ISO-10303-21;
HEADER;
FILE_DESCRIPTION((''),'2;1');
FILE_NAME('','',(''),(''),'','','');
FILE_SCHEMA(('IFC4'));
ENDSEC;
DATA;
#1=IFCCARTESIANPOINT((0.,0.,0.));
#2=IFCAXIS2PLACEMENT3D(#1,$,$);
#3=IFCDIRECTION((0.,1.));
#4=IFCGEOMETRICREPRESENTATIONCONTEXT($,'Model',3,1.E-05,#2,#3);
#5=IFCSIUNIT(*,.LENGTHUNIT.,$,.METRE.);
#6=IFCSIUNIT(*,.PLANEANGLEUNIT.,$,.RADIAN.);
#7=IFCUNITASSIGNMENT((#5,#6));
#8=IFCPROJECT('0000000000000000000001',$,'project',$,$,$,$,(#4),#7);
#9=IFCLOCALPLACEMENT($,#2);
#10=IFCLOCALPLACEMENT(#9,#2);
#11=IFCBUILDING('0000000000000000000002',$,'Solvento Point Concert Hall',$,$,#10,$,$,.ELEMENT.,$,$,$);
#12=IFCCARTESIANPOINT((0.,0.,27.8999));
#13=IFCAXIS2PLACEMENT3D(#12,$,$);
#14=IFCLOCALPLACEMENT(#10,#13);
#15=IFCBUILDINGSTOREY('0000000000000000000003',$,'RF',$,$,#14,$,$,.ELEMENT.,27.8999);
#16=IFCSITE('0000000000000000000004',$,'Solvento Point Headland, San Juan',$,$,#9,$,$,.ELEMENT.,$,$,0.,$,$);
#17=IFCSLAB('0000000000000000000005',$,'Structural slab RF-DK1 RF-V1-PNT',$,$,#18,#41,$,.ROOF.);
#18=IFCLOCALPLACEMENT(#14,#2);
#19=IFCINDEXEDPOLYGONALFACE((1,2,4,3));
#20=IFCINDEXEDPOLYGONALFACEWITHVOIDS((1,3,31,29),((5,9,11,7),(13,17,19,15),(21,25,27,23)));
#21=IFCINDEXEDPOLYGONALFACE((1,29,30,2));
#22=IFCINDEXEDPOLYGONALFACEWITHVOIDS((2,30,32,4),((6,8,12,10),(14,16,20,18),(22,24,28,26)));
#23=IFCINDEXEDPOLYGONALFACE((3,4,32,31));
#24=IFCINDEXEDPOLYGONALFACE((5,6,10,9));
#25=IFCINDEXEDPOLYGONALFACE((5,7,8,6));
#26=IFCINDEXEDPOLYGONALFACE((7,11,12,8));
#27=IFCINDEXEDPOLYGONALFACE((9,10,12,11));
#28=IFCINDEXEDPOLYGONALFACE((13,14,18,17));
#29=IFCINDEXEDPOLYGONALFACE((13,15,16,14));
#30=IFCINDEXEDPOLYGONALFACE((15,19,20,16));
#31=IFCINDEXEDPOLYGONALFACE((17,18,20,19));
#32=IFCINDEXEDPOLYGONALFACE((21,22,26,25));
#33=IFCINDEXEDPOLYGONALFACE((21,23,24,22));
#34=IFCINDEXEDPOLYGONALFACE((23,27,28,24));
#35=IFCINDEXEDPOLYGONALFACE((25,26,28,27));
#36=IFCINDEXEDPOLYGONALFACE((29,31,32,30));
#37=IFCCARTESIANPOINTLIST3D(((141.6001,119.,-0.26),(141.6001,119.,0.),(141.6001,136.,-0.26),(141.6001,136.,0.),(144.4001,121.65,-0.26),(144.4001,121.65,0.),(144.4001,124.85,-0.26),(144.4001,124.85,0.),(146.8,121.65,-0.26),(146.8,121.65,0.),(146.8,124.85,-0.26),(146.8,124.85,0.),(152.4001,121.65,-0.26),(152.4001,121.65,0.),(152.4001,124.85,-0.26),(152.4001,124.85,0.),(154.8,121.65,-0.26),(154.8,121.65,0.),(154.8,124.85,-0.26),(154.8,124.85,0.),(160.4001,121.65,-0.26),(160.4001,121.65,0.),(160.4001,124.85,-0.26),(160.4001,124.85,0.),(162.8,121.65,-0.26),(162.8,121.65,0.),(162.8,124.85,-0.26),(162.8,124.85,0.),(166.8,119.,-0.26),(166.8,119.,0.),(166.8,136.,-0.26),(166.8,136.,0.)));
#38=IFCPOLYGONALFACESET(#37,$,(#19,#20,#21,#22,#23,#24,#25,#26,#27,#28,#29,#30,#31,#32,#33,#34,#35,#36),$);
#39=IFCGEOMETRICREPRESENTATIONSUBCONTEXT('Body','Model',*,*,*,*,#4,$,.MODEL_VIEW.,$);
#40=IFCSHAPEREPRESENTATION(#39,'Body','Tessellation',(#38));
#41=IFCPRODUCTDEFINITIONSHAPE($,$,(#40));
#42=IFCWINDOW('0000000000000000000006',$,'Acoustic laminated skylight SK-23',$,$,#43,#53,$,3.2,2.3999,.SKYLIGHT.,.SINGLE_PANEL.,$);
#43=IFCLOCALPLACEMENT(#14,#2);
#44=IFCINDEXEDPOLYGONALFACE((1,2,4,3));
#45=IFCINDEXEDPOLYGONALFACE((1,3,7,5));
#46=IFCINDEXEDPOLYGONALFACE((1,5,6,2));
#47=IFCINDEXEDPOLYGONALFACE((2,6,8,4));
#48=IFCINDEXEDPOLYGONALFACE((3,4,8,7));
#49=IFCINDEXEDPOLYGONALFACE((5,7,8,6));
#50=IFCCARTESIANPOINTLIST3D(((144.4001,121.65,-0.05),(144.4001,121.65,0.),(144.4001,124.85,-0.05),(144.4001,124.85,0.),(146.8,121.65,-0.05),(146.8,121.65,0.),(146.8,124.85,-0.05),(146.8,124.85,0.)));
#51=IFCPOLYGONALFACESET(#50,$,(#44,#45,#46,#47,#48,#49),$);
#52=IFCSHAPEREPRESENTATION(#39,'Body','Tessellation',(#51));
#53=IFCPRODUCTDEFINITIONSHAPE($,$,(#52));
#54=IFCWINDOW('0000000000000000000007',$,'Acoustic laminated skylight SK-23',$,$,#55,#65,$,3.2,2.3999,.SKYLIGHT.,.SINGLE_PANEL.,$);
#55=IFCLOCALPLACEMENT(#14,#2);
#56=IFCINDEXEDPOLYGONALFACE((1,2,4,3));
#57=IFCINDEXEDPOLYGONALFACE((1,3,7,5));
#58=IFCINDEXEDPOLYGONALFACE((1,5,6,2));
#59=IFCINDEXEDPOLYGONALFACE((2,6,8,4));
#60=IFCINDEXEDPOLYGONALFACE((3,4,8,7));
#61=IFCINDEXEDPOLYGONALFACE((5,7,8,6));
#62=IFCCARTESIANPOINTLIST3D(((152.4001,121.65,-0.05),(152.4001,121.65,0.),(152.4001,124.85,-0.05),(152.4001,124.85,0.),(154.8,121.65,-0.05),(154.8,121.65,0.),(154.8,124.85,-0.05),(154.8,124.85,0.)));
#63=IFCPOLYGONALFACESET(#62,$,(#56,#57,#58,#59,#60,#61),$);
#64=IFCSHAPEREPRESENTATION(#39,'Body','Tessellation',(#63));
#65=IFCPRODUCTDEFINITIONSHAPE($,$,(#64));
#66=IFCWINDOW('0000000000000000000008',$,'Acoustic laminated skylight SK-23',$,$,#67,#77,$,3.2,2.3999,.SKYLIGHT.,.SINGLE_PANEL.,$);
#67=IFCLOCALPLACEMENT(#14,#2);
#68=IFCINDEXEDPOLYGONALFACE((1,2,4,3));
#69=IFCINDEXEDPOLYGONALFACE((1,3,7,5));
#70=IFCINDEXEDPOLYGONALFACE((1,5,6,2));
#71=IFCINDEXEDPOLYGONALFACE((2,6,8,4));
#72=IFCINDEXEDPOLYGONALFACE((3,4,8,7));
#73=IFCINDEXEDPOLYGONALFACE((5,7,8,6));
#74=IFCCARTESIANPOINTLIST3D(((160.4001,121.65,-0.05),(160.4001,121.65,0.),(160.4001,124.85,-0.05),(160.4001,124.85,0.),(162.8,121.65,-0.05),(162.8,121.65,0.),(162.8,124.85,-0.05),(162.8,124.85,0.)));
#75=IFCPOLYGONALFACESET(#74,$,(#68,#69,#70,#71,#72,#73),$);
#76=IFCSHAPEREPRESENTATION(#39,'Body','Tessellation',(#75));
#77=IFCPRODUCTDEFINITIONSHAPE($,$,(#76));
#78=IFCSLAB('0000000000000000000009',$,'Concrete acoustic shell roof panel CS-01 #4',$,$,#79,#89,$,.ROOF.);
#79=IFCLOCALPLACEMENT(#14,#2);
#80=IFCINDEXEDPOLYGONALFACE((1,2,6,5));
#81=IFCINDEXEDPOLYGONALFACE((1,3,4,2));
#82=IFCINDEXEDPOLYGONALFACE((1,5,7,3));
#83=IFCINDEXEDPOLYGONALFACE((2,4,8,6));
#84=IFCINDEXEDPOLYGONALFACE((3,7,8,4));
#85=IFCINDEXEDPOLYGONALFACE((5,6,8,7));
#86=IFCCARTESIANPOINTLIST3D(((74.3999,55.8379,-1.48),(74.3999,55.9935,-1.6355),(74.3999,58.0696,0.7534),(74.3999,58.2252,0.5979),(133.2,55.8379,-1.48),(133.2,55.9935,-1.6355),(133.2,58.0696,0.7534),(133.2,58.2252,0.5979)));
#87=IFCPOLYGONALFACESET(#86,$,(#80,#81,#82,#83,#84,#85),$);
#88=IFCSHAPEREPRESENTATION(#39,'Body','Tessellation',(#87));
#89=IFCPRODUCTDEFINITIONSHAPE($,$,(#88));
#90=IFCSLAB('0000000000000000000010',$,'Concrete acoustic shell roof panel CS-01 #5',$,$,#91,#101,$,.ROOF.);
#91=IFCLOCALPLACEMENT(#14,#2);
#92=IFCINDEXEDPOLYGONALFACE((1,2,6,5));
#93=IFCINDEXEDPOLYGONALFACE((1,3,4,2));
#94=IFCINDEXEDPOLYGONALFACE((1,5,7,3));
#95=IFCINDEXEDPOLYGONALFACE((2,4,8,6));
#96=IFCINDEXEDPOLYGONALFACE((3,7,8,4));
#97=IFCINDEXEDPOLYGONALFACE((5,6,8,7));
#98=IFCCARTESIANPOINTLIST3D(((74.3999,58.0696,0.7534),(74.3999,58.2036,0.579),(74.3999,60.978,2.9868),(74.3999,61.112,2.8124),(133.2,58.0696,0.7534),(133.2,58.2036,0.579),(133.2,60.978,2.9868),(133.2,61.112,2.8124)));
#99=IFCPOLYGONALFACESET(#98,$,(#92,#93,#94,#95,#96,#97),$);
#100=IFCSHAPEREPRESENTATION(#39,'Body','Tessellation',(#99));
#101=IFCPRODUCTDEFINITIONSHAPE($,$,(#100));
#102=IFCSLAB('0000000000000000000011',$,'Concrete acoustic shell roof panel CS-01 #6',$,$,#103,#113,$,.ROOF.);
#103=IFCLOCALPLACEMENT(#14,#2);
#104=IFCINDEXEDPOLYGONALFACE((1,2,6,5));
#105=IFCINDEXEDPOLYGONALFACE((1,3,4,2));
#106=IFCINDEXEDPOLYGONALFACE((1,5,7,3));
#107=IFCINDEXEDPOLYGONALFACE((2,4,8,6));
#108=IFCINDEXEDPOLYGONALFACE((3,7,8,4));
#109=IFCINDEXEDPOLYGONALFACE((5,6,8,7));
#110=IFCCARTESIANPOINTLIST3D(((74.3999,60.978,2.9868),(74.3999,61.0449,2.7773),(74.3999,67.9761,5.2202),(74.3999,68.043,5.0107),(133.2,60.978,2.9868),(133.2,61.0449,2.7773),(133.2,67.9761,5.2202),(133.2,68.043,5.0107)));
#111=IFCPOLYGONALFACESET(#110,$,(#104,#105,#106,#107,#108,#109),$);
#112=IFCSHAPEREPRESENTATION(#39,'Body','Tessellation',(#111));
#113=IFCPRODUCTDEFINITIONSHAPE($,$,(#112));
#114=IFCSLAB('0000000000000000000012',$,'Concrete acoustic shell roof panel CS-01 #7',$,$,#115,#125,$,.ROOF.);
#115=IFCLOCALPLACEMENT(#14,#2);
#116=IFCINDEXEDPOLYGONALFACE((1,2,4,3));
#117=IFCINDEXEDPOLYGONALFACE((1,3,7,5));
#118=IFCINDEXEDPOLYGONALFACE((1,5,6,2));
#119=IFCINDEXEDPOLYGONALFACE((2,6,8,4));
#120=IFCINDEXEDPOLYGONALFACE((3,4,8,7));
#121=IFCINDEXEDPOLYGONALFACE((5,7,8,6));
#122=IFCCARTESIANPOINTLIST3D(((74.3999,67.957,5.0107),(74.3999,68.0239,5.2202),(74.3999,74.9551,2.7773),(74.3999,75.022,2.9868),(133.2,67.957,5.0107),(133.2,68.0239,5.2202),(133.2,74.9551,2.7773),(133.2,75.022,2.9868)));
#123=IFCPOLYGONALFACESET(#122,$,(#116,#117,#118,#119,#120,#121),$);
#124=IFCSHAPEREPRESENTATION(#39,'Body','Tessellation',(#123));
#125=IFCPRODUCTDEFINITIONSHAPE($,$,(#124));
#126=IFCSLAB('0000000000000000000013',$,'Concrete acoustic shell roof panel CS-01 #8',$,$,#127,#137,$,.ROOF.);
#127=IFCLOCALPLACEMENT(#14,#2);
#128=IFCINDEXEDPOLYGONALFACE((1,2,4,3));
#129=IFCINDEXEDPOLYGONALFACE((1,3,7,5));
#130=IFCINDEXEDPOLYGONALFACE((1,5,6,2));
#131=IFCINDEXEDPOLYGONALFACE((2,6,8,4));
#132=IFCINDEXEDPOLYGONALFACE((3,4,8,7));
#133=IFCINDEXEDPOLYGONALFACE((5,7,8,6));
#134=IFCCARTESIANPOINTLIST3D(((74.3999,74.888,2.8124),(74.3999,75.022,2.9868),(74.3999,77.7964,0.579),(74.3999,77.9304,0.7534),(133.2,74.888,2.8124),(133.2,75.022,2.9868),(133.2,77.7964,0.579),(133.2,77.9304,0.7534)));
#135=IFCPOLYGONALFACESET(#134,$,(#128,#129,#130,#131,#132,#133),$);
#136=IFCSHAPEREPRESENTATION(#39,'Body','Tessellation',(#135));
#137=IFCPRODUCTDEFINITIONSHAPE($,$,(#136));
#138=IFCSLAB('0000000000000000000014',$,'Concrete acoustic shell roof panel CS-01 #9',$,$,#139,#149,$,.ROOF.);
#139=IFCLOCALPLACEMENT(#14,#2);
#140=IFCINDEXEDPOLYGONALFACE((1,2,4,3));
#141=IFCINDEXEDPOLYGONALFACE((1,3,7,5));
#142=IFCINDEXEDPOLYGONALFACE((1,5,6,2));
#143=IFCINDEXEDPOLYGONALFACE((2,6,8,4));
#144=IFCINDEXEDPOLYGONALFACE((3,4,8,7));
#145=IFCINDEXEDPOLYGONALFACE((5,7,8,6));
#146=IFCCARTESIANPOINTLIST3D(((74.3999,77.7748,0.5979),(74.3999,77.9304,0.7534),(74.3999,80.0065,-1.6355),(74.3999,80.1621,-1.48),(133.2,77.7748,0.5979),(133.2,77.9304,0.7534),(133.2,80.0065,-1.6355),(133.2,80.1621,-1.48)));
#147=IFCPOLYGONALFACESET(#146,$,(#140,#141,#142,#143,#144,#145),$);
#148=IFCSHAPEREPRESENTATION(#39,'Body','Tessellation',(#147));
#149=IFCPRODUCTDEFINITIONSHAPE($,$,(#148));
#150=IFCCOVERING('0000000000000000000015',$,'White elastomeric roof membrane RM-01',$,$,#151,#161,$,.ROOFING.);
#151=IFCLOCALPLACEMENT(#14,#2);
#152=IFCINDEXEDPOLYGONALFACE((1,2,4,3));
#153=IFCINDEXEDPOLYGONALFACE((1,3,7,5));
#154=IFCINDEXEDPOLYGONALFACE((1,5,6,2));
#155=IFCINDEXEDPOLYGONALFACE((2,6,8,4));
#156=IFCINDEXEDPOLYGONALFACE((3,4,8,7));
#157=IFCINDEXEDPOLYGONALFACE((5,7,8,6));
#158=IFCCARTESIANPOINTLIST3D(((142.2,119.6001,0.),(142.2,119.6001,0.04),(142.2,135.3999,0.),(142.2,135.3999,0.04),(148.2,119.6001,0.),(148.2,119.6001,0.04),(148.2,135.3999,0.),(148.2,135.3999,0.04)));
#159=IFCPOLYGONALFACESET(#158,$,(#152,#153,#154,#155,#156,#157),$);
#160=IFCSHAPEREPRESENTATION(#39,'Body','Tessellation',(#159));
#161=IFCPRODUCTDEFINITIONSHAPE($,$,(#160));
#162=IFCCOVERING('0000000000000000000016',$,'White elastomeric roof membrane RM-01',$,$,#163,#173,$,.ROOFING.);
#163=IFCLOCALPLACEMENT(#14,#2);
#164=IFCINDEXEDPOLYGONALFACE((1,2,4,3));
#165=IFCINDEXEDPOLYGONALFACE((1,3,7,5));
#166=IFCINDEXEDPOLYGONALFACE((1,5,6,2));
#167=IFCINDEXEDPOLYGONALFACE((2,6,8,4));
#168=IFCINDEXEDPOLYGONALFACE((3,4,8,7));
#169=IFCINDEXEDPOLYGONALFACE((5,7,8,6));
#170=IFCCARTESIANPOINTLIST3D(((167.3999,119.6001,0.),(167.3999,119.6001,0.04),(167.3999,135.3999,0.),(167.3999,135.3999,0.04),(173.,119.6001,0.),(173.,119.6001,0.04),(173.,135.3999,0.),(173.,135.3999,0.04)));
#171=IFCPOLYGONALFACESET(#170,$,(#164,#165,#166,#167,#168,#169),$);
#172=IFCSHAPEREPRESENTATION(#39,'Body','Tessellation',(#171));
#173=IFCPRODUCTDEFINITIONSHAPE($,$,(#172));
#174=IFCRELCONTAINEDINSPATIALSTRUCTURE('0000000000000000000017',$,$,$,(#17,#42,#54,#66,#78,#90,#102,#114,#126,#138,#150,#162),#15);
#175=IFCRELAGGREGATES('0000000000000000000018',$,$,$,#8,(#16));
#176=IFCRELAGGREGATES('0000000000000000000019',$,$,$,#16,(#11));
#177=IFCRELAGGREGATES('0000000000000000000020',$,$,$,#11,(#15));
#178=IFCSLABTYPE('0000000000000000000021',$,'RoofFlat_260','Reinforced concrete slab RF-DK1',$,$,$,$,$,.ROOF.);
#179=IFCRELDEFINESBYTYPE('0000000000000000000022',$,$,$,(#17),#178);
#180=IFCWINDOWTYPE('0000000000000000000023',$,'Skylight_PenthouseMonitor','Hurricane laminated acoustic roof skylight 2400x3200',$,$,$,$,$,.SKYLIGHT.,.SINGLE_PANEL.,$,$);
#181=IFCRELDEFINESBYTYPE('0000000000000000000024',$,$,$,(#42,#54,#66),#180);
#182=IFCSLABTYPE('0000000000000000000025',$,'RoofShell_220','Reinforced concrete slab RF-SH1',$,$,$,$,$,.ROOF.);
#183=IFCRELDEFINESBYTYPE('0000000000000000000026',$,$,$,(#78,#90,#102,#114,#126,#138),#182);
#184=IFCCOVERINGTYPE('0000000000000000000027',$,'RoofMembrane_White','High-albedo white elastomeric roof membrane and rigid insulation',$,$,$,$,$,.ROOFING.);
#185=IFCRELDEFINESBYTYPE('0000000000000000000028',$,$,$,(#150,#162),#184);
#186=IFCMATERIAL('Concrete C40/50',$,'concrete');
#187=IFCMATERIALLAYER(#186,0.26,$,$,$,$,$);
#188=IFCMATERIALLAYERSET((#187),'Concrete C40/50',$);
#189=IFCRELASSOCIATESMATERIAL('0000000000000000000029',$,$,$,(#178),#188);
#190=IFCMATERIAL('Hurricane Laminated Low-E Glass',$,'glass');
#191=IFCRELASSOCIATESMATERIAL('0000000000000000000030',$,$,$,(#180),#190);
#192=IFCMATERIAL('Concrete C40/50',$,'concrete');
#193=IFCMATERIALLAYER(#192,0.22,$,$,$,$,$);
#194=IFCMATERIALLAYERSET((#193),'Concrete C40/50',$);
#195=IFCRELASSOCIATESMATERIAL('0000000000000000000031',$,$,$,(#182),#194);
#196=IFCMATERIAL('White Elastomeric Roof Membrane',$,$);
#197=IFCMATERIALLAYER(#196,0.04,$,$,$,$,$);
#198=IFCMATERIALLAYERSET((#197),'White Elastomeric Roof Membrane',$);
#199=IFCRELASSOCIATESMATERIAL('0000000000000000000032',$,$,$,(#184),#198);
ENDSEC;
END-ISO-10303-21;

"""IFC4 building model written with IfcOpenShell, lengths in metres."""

from ifc_helpers import new_model, si_unit, direction, frame, origin, origin_2d, place, context, subcontext, project, spatial, polyline, rectangle, outline, extrude, material, layer, layer_set, type_object, element, fill, save


model = new_model("IFC4")

# Units and contexts
model_context = context("Model", 3, precision=1e-05, world=origin(), true_north=direction((0.0, 1.0)))
body_context = subcontext(model_context, "Body", "Model", "MODEL_VIEW")
ifc_project = project(units=[si_unit("LENGTHUNIT", "METRE"), si_unit("PLANEANGLEUNIT", "RADIAN")], contexts=[model_context])

# Site, building, storey
site_placement = place(None, origin())
site = spatial("IfcSite", under=ifc_project, at=site_placement, Name="Solvento Point Headland, San Juan", CompositionType="ELEMENT", RefElevation=0.0)
building_placement = place(site_placement, origin())
building = spatial("IfcBuilding", under=site, at=building_placement, Name="Solvento Point Concert Hall", CompositionType="ELEMENT")
storey_placement = place(building_placement, frame((0.0, 0.0, 27.8999)))
storey = spatial("IfcBuildingStorey", under=building, at=storey_placement, Name="RF", CompositionType="ELEMENT", Elevation=27.8999)

# Slab, openings, windows
ifc_material_1 = material(Name="Concrete C40/50", Category="concrete")
ifc_layer_1 = layer(ifc_material_1, 0.26)
ifc_layer_set_1 = layer_set([ifc_layer_1], Name="Concrete C40/50")
slab_type_1 = type_object("IfcSlabType", Name="RoofFlat_260", Description="Reinforced concrete slab RF-DK1", PredefinedType="ROOF", material=ifc_layer_set_1)
slab_1_placement = place(storey_placement, frame((0.0, 0.0, -0.26)))
slab_1 = element("IfcSlab", 1, at=slab_1_placement, inside=storey, type_object=slab_type_1, Name="Structural slab RF-DK1 RF-V1-PNT", PredefinedType="ROOF", context=body_context, shape_type="SweptSolid", body=[
    extrude(outline(polyline([(141.6001, 119.0), (141.6001, 136.0), (166.8, 136.0), (166.8, 119.0), (141.6001, 119.0)])), origin(), (0.0, 0.0, 1.0), 0.26),
])
opening_1_placement = place(slab_1_placement, frame((145.6001, 123.25, 0.0)))
opening_1 = element("IfcOpeningElement", 2, at=opening_1_placement, cuts=slab_1, PredefinedType="OPENING", context=body_context, shape_type="SweptSolid", body=[
    extrude(rectangle(XDim=2.3999, YDim=3.2, at=origin_2d()), origin(), (0.0, 0.0, 1.0), 0.26),
])
opening_2_placement = place(slab_1_placement, frame((153.6001, 123.25, 0.0)))
opening_2 = element("IfcOpeningElement", 3, at=opening_2_placement, cuts=slab_1, PredefinedType="OPENING", context=body_context, shape_type="SweptSolid", body=[
    extrude(rectangle(XDim=2.3999, YDim=3.2, at=origin_2d()), origin(), (0.0, 0.0, 1.0), 0.26),
])
opening_3_placement = place(slab_1_placement, frame((161.6001, 123.25, 0.0)))
opening_3 = element("IfcOpeningElement", 4, at=opening_3_placement, cuts=slab_1, PredefinedType="OPENING", context=body_context, shape_type="SweptSolid", body=[
    extrude(rectangle(XDim=2.3999, YDim=3.2, at=origin_2d()), origin(), (0.0, 0.0, 1.0), 0.26),
])
ifc_material_2 = material(Name="Hurricane Laminated Low-E Glass", Category="glass")
window_type_1 = type_object("IfcWindowType", Name="Skylight_PenthouseMonitor", Description="Hurricane laminated acoustic roof skylight 2400x3200", PartitioningType="SINGLE_PANEL", PredefinedType="SKYLIGHT", material=ifc_material_2)
window_1_placement = place(opening_1_placement, frame((0.0, 0.0, 0.21)))
window_1 = element("IfcWindow", 5, at=window_1_placement, inside=storey, type_object=window_type_1, Name="Acoustic laminated skylight SK-23", OverallHeight=3.2, OverallWidth=2.3999, PartitioningType="SINGLE_PANEL", PredefinedType="SKYLIGHT", context=body_context, shape_type="SweptSolid", body=[
    extrude(rectangle(XDim=2.3999, YDim=3.2, at=origin_2d()), origin(), (0.0, 0.0, 1.0), 0.05),
])
fill(opening_1, window_1)
window_2_placement = place(opening_2_placement, frame((0.0, 0.0, 0.21)))
window_2 = element("IfcWindow", 6, at=window_2_placement, inside=storey, type_object=window_type_1, Name="Acoustic laminated skylight SK-23", OverallHeight=3.2, OverallWidth=2.3999, PartitioningType="SINGLE_PANEL", PredefinedType="SKYLIGHT", context=body_context, shape_type="SweptSolid", body=[
    extrude(rectangle(XDim=2.3999, YDim=3.2, at=origin_2d()), origin(), (0.0, 0.0, 1.0), 0.05),
])
fill(opening_2, window_2)
window_3_placement = place(opening_3_placement, frame((0.0, 0.0, 0.21)))
window_3 = element("IfcWindow", 7, at=window_3_placement, inside=storey, type_object=window_type_1, Name="Acoustic laminated skylight SK-23", OverallHeight=3.2, OverallWidth=2.3999, PartitioningType="SINGLE_PANEL", PredefinedType="SKYLIGHT", context=body_context, shape_type="SweptSolid", body=[
    extrude(rectangle(XDim=2.3999, YDim=3.2, at=origin_2d()), origin(), (0.0, 0.0, 1.0), 0.05),
])
fill(opening_3, window_3)

# Slabs
ifc_material_3 = material(Name="Concrete C40/50", Category="concrete")
ifc_layer_2 = layer(ifc_material_3, 0.22)
ifc_layer_set_2 = layer_set([ifc_layer_2], Name="Concrete C40/50")
slab_type_2 = type_object("IfcSlabType", Name="RoofShell_220", Description="Reinforced concrete slab RF-SH1", PredefinedType="ROOF", material=ifc_layer_set_2)
slab_2_placement = place(storey_placement, frame((74.3999, 55.8379, -1.48), z_axis=(0.0, -0.707377, 0.706836), x_axis=(1.0, 0.0, 0.0)))
element("IfcSlab", 8, at=slab_2_placement, inside=storey, type_object=slab_type_2, Name="Concrete acoustic shell roof panel CS-01 #4", PredefinedType="ROOF", context=body_context, shape_type="SweptSolid", body=[
    extrude(outline(polyline([(0.0, 0.0), (58.8, 0.0), (58.8, 3.1573), (0.0, 3.1573), (0.0, 0.0)])), origin(), (0.0, 0.0, -1.0), 0.22),
])
slab_3_placement = place(storey_placement, frame((74.3999, 58.0696, 0.7534), z_axis=(0.0, -0.609048, 0.793134), x_axis=(1.0, 0.0, 0.0)))
element("IfcSlab", 9, at=slab_3_placement, inside=storey, type_object=slab_type_2, Name="Concrete acoustic shell roof panel CS-01 #5", PredefinedType="ROOF", context=body_context, shape_type="SweptSolid", body=[
    extrude(outline(polyline([(0.0, 0.0), (58.8, 0.0), (58.8, 3.667), (0.0, 3.667), (0.0, 0.0)])), origin(), (0.0, 0.0, -1.0), 0.22),
])
for number, where, z_axis, x_axis, name in (
    (10, (74.3999, 60.978, 2.9868), (0.0, -0.304038, 0.95266), (1.0, 0.0, 0.0), "Concrete acoustic shell roof panel CS-01 #6"),
    (11, (74.3999, 68.0239, 5.2202), (0.0, 0.304038, 0.95266), (1.0, 0.0, 0.0), "Concrete acoustic shell roof panel CS-01 #7"),
):
    element("IfcSlab", number, at=place(storey_placement, frame(where, z_axis=z_axis, x_axis=x_axis)), inside=storey, type_object=slab_type_2, Name=name, PredefinedType="ROOF", context=body_context, shape_type="SweptSolid", body=[
        extrude(outline(polyline([(0.0, 0.0), (58.8, 0.0), (58.8, 7.3458), (0.0, 7.3458), (0.0, 0.0)])), origin(), (0.0, 0.0, -1.0), 0.22),
    ])
slab_4_placement = place(storey_placement, frame((74.3999, 75.022, 2.9868), z_axis=(0.0, 0.609048, 0.793134), x_axis=(1.0, 0.0, 0.0)))
element("IfcSlab", 12, at=slab_4_placement, inside=storey, type_object=slab_type_2, Name="Concrete acoustic shell roof panel CS-01 #8", PredefinedType="ROOF", context=body_context, shape_type="SweptSolid", body=[
    extrude(outline(polyline([(0.0, 0.0), (58.8, 0.0), (58.8, 3.667), (0.0, 3.667), (0.0, 0.0)])), origin(), (0.0, 0.0, -1.0), 0.22),
])
slab_5_placement = place(storey_placement, frame((74.3999, 77.9304, 0.7534), z_axis=(0.0, 0.707377, 0.706836), x_axis=(1.0, 0.0, 0.0)))
element("IfcSlab", 13, at=slab_5_placement, inside=storey, type_object=slab_type_2, Name="Concrete acoustic shell roof panel CS-01 #9", PredefinedType="ROOF", context=body_context, shape_type="SweptSolid", body=[
    extrude(outline(polyline([(0.0, 0.0), (58.8, 0.0), (58.8, 3.1573), (0.0, 3.1573), (0.0, 0.0)])), origin(), (0.0, 0.0, -1.0), 0.22),
])

# Coverings
ifc_material_4 = material(Name="White Elastomeric Roof Membrane")
ifc_layer_3 = layer(ifc_material_4, 0.04)
ifc_layer_set_3 = layer_set([ifc_layer_3], Name="White Elastomeric Roof Membrane")
covering_type = type_object("IfcCoveringType", Name="RoofMembrane_White", Description="High-albedo white elastomeric roof membrane and rigid insulation", PredefinedType="ROOFING", material=ifc_layer_set_3)
covering_1_placement = place(storey_placement, origin())
element("IfcCovering", 14, at=covering_1_placement, inside=storey, type_object=covering_type, Name="White elastomeric roof membrane RM-01", PredefinedType="ROOFING", context=body_context, shape_type="SweptSolid", body=[
    extrude(outline(polyline([(142.2, 119.6001), (148.2, 119.6001), (148.2, 135.3999), (142.2, 135.3999), (142.2, 119.6001)])), origin(), (0.0, 0.0, 1.0), 0.04),
])
covering_2_placement = place(storey_placement, origin())
element("IfcCovering", 15, at=covering_2_placement, inside=storey, type_object=covering_type, Name="White elastomeric roof membrane RM-01", PredefinedType="ROOFING", context=body_context, shape_type="SweptSolid", body=[
    extrude(outline(polyline([(167.3999, 119.6001), (173.0, 119.6001), (173.0, 135.3999), (167.3999, 135.3999), (167.3999, 119.6001)])), origin(), (0.0, 0.0, 1.0), 0.04),
])

save(model, "model.ifc")
